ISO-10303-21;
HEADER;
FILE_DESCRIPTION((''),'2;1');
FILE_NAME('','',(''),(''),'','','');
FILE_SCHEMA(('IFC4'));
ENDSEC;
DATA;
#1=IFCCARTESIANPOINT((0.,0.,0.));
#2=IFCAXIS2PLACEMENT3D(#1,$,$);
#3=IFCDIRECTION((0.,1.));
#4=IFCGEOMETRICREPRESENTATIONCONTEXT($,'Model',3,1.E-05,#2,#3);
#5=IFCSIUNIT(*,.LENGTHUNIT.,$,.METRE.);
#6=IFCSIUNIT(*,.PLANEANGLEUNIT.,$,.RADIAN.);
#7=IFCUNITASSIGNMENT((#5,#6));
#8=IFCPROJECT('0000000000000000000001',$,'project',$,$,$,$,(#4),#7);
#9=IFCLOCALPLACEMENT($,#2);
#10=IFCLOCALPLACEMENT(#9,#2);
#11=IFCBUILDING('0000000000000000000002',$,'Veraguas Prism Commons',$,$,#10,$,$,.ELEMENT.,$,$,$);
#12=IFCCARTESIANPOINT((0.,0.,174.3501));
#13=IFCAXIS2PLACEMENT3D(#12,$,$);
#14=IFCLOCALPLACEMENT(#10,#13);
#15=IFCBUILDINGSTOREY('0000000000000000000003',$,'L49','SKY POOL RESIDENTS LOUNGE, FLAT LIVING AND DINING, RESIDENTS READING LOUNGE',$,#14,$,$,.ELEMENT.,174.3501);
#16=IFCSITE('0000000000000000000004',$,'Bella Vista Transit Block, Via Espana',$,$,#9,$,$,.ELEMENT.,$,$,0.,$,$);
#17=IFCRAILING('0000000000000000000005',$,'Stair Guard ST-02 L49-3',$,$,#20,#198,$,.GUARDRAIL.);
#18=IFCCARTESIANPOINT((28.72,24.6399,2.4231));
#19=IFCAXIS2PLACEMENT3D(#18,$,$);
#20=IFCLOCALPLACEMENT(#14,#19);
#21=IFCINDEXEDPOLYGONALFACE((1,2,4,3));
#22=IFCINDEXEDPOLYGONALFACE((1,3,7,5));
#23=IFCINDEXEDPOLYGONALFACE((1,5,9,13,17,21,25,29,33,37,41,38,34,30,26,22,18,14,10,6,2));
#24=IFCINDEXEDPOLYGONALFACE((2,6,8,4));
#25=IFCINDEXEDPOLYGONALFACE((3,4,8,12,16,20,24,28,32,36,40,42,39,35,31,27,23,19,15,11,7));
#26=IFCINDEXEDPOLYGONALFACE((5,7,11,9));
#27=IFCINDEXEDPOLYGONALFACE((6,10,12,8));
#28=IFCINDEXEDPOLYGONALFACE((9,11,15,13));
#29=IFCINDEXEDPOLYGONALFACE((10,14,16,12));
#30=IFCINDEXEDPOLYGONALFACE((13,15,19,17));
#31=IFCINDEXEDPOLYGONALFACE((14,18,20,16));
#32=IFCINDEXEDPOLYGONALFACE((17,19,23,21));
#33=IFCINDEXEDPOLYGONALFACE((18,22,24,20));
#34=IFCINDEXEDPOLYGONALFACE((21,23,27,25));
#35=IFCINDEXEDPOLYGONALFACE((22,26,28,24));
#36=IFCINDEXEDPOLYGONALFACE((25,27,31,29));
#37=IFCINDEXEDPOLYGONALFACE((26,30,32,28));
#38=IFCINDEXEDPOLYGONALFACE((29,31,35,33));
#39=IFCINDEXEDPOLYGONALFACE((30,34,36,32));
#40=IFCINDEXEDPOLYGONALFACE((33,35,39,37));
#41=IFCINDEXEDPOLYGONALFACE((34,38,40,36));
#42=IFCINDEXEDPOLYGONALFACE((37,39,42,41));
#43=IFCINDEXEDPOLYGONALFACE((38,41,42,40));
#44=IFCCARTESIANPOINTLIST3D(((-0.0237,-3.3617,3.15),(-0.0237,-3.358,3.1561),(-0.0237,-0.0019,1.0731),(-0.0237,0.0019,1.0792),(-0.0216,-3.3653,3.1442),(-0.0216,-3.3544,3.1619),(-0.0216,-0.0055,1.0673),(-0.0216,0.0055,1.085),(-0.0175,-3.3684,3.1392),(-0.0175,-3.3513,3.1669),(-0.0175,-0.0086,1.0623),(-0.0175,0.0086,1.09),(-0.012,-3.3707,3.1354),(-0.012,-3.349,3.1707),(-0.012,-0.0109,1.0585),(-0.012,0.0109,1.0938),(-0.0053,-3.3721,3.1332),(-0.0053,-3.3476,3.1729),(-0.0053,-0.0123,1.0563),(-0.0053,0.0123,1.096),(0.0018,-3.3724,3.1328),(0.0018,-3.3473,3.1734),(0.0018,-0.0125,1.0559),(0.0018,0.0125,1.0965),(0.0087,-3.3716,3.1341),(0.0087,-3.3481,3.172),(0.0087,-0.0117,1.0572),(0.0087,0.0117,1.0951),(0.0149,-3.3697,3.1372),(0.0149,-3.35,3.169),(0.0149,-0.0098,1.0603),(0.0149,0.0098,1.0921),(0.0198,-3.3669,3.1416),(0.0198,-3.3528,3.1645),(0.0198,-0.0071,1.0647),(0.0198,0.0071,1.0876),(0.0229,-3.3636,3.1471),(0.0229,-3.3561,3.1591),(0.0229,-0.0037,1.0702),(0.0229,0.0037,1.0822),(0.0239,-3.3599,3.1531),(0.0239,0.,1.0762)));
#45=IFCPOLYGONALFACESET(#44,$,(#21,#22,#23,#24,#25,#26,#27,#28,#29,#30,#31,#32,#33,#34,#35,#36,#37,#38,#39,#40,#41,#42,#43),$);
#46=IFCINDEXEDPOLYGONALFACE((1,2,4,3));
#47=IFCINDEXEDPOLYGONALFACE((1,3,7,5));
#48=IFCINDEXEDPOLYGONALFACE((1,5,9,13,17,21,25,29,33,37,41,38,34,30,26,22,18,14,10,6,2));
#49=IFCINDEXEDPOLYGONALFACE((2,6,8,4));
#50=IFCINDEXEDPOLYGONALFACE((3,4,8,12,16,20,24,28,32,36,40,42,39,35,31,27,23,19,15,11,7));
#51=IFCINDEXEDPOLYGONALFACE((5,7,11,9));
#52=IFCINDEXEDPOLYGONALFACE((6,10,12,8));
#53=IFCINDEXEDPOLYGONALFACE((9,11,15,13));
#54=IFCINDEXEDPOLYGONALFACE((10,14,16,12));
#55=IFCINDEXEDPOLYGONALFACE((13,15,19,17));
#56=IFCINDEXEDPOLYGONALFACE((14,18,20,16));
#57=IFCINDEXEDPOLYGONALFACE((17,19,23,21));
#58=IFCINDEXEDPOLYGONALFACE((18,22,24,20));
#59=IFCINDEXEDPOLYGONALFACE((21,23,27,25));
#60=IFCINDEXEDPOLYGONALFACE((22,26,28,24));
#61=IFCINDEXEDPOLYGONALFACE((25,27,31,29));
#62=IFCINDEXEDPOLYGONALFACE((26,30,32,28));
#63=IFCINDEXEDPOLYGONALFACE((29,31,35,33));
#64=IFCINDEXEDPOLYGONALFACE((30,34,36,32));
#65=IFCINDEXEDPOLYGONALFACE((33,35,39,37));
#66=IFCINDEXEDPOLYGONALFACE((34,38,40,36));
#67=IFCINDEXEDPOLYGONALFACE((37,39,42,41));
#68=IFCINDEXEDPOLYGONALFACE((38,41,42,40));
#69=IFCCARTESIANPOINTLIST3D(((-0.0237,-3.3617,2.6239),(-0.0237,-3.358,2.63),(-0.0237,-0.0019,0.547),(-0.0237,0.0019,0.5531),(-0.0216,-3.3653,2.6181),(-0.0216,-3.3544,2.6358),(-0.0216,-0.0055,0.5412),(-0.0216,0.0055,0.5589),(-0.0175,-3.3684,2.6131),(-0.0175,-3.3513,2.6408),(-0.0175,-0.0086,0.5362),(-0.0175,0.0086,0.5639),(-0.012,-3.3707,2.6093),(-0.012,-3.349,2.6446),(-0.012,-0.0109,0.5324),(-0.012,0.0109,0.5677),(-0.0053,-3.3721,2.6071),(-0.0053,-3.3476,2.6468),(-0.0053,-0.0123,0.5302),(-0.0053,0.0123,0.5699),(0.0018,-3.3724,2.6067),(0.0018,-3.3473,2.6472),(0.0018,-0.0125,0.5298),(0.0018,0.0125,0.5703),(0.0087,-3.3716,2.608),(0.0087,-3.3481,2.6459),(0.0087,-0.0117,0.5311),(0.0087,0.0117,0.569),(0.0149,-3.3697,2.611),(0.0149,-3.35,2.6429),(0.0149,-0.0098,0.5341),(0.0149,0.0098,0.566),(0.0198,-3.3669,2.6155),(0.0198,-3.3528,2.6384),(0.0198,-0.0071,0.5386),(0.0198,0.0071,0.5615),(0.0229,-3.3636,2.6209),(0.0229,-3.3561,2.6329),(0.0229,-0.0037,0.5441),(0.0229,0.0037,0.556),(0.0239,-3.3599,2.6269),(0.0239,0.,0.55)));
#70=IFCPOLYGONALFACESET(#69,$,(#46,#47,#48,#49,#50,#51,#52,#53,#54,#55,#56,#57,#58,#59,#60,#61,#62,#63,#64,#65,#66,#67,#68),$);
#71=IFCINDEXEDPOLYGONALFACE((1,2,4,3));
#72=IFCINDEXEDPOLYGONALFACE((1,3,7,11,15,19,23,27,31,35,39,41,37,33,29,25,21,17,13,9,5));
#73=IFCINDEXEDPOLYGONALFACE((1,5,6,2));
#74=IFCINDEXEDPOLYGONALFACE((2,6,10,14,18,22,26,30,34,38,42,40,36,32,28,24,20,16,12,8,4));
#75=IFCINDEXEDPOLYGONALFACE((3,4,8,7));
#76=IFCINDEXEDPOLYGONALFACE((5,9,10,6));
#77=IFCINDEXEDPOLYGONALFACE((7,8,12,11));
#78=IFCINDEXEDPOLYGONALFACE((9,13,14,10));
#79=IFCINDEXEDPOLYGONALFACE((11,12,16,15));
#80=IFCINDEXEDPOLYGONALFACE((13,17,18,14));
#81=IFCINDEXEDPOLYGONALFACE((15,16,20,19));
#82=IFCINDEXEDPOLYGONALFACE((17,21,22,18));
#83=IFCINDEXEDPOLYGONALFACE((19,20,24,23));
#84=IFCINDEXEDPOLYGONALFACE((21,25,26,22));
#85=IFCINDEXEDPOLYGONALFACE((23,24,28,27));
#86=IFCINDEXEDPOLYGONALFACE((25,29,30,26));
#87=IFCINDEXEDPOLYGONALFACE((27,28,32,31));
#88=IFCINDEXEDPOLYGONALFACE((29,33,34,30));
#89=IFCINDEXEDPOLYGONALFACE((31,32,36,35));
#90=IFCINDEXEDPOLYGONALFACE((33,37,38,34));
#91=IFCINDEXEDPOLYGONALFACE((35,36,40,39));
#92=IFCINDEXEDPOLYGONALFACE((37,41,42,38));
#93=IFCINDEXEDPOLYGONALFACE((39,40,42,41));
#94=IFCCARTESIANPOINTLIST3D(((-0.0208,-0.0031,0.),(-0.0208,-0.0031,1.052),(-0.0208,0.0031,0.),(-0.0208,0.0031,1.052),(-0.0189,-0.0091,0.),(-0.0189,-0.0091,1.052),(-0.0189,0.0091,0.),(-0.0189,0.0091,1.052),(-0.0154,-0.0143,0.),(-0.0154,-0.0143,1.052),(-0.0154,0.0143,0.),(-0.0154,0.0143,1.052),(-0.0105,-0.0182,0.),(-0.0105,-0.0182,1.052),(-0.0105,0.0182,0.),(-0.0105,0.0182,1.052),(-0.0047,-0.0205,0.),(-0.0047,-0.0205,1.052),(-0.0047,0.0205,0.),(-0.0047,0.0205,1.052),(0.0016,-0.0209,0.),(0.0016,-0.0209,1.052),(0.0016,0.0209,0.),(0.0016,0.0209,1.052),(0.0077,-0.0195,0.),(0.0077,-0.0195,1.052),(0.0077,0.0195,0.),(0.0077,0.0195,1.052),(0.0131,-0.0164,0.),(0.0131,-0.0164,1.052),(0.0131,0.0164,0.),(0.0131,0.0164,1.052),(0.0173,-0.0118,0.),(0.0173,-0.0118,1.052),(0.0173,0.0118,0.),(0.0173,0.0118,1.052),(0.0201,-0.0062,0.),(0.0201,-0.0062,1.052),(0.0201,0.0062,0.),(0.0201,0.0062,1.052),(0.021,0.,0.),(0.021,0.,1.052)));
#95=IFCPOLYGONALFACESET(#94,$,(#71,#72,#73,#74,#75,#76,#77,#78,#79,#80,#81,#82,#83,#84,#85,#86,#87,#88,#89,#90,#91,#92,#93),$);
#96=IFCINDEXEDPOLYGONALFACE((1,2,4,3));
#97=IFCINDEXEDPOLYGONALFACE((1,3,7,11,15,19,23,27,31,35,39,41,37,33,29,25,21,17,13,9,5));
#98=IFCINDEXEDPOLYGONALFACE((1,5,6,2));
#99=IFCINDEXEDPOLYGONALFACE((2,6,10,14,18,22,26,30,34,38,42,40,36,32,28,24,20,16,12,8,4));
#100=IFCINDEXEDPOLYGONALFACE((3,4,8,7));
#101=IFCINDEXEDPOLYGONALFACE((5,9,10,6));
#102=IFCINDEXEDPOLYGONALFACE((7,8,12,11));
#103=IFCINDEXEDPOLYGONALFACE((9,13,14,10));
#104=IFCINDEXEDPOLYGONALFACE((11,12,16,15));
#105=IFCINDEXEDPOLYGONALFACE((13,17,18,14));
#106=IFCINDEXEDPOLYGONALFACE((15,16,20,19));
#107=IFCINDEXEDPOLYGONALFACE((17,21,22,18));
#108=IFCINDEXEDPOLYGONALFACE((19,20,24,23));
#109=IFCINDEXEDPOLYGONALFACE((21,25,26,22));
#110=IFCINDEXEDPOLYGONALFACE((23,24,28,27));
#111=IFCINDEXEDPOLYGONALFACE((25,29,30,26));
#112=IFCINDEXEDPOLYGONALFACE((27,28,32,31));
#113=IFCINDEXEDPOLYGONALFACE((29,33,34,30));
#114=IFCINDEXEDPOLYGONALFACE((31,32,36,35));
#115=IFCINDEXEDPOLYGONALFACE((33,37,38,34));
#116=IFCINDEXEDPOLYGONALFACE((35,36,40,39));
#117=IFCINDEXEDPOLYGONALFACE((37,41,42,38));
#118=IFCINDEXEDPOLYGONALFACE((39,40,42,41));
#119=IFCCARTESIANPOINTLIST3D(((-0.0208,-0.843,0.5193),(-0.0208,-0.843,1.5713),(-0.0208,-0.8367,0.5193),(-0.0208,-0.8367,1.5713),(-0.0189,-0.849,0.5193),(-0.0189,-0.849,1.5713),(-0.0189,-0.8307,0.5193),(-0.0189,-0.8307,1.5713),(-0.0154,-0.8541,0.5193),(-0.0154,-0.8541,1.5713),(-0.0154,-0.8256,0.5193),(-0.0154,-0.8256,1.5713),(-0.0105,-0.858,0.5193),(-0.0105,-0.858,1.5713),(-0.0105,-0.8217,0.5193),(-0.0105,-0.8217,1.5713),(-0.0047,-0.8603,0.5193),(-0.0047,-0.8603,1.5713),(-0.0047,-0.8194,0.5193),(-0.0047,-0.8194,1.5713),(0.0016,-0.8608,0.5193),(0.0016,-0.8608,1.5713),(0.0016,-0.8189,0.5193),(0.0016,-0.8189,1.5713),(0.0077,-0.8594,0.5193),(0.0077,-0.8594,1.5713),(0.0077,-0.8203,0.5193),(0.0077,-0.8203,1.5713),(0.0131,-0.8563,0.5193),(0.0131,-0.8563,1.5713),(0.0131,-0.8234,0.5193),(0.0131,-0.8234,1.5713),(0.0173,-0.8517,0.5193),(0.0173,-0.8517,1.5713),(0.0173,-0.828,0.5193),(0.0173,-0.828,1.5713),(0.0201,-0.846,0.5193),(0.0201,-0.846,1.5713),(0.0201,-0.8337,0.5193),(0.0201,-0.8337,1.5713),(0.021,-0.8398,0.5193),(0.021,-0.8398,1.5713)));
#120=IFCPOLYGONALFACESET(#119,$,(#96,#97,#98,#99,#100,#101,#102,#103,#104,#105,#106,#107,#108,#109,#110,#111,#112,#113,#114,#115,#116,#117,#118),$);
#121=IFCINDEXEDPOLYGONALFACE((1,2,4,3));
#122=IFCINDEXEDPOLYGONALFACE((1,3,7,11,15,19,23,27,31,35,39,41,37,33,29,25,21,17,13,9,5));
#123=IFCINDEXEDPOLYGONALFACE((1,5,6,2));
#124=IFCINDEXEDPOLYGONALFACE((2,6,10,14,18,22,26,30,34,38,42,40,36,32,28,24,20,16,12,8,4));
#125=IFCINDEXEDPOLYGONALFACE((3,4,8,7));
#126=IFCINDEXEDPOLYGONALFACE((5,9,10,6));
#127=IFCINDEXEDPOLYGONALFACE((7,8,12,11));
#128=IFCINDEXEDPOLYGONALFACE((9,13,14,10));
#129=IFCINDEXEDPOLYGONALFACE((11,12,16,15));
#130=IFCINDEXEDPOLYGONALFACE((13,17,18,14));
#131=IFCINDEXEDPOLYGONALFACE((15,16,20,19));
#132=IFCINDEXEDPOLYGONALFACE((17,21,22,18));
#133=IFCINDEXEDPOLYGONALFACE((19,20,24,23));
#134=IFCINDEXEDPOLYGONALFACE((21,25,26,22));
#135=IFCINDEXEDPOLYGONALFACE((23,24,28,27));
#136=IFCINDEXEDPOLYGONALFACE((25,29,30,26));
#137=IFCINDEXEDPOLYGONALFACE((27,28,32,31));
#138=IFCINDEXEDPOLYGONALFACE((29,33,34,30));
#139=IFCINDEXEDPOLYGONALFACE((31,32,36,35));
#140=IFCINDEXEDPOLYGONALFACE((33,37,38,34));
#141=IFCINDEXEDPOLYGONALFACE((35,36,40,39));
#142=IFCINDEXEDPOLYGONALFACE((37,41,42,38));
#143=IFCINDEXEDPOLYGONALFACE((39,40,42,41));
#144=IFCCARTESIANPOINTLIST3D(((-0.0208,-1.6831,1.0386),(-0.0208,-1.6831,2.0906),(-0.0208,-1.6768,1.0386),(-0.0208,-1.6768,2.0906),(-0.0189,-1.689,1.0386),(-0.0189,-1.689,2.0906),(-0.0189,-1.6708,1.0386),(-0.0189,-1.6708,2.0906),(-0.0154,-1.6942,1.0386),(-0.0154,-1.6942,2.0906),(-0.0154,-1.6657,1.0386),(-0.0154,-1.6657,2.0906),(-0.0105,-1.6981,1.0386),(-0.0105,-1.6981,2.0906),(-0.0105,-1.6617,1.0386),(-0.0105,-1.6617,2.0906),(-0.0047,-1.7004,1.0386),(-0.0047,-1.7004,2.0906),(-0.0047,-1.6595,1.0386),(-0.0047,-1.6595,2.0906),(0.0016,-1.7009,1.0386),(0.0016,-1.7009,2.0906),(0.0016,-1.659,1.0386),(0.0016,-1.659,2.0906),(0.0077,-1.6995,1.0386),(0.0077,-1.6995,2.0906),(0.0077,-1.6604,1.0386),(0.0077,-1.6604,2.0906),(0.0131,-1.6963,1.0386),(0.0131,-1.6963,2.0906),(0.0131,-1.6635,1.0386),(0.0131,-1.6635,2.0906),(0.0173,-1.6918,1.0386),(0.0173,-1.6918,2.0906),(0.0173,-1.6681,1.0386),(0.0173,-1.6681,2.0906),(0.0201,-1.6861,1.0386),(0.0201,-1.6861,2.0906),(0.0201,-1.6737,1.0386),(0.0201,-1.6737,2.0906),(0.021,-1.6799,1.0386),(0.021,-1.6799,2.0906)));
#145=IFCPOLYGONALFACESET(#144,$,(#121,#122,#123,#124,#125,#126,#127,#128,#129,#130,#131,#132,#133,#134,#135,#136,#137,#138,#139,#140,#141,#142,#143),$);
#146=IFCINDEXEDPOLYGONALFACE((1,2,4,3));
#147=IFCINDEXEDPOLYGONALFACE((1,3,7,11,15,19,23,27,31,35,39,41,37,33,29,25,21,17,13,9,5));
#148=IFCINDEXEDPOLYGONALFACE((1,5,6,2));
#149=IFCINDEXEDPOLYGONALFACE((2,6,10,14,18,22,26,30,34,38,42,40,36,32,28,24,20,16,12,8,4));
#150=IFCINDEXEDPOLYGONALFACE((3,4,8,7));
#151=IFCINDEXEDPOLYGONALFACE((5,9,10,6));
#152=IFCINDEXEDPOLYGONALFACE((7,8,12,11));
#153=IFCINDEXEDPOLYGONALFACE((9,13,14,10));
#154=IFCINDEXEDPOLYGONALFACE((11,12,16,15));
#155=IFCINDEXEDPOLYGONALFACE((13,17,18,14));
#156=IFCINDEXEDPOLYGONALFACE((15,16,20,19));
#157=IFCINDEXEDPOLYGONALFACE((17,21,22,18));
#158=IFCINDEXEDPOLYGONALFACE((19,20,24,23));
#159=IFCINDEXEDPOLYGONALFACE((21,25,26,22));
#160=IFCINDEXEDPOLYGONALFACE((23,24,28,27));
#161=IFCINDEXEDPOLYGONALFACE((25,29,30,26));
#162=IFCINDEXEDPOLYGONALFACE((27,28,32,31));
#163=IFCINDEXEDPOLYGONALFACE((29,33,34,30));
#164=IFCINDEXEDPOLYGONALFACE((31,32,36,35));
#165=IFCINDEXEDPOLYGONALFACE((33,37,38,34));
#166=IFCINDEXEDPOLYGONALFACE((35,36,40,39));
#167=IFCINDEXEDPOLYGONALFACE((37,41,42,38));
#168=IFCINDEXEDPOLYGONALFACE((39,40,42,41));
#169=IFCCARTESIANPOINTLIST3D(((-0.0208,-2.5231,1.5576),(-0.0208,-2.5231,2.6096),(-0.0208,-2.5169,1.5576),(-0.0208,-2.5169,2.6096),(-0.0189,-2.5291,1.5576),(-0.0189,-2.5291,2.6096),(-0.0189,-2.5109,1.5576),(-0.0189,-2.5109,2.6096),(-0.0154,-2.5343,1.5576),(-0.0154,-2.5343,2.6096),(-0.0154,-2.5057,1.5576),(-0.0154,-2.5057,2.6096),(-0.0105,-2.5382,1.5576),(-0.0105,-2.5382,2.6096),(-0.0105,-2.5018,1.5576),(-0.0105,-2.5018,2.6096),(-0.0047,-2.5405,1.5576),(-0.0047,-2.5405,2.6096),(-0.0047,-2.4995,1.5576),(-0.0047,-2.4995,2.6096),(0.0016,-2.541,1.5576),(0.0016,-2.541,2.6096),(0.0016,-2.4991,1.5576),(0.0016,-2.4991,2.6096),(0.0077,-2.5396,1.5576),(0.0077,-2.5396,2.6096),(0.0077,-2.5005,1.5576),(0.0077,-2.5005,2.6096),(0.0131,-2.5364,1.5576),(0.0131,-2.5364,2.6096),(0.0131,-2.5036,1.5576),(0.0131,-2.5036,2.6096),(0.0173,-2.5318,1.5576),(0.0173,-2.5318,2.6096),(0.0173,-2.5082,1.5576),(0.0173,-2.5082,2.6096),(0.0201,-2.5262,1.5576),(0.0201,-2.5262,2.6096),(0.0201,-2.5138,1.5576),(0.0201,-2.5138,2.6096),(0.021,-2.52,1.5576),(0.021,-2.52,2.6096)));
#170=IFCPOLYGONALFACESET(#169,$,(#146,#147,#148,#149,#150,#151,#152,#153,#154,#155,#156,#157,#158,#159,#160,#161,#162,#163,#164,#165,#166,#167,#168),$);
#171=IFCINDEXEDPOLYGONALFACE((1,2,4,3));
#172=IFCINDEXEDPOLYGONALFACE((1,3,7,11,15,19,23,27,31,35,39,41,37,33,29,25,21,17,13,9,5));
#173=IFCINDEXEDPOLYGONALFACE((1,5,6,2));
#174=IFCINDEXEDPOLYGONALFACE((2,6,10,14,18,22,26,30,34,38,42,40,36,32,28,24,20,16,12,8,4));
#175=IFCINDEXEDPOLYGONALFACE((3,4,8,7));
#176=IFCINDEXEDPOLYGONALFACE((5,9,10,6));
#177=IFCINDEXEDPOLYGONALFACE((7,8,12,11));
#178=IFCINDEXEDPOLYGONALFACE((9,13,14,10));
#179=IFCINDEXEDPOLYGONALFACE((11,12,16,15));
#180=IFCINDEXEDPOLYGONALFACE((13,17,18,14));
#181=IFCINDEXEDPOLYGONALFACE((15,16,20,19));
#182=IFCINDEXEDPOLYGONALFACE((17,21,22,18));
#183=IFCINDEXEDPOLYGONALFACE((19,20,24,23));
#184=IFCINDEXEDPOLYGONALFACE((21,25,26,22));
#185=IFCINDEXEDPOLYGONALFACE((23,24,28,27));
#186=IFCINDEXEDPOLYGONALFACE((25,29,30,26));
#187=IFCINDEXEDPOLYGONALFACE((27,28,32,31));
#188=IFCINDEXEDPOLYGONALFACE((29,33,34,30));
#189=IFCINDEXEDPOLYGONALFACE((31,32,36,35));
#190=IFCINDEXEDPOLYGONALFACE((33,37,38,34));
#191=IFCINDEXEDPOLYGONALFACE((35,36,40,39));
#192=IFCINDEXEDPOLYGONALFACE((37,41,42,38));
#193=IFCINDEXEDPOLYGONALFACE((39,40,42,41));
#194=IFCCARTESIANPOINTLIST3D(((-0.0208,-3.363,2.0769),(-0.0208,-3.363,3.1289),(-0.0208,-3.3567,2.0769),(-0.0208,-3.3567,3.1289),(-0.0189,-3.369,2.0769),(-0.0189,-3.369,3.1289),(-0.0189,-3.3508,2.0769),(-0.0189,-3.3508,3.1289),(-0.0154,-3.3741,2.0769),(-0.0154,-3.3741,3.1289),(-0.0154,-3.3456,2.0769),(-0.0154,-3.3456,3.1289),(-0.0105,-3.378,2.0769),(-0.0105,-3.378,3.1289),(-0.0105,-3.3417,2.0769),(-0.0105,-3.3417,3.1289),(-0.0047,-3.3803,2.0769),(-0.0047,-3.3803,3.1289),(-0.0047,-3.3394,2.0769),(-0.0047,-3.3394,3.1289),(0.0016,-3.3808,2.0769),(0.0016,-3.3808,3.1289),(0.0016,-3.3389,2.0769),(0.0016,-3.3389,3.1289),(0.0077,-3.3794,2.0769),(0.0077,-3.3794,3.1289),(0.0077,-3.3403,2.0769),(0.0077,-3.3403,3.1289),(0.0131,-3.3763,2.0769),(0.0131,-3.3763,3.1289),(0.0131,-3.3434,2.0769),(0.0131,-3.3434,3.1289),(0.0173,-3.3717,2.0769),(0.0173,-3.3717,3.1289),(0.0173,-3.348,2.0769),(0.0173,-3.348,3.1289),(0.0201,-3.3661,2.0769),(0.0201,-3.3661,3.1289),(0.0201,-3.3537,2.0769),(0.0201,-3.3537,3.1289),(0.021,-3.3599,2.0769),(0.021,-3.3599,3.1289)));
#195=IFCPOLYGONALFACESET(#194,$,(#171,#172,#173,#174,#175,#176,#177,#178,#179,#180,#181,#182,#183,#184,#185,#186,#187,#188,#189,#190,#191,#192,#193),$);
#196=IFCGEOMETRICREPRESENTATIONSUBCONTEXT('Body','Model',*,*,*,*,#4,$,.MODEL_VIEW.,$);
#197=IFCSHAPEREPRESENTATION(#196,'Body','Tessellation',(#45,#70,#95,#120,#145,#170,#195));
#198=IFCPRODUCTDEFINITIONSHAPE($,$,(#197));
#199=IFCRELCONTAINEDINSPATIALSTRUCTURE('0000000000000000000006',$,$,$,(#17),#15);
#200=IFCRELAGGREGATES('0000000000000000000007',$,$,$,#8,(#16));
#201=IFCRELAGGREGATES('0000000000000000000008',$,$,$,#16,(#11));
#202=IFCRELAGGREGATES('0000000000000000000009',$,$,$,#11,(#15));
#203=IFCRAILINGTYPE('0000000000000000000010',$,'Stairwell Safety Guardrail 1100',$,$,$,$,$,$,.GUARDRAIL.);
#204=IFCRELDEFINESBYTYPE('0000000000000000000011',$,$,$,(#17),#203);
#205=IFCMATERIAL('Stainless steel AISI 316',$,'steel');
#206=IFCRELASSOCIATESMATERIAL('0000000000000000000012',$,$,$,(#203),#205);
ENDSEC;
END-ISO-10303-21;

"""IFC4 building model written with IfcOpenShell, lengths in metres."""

from ifc_helpers import new_model, si_unit, direction, frame, origin, origin_2d, place, context, subcontext, project, spatial, circle, extrude, material, type_object, element, save


model = new_model("IFC4")

# Units and contexts
model_context = context("Model", 3, precision=1e-05, world=origin(), true_north=direction((0.0, 1.0)))
body_context = subcontext(model_context, "Body", "Model", "MODEL_VIEW")
ifc_project = project(units=[si_unit("LENGTHUNIT", "METRE"), si_unit("PLANEANGLEUNIT", "RADIAN")], contexts=[model_context])

# Site, building, storey
site_placement = place(None, origin())
site = spatial("IfcSite", under=ifc_project, at=site_placement, Name="Bella Vista Transit Block, Via Espana", CompositionType="ELEMENT", RefElevation=0.0)
building_placement = place(site_placement, origin())
building = spatial("IfcBuilding", under=site, at=building_placement, Name="Veraguas Prism Commons", CompositionType="ELEMENT")
storey_placement = place(building_placement, frame((0.0, 0.0, 174.3501)))
storey = spatial("IfcBuildingStorey", under=building, at=storey_placement, Name="L49", Description="SKY POOL RESIDENTS LOUNGE, FLAT LIVING AND DINING, RESIDENTS READING LOUNGE", CompositionType="ELEMENT", Elevation=174.3501)

# Shared definitions
ifc_material_1 = material(Name="Stainless steel AISI 316", Category="steel")

# Railing
railing_type_1 = type_object("IfcRailingType", Name="Stairwell Safety Guardrail 1100", PredefinedType="GUARDRAIL", material=ifc_material_1)
railing_1_placement = place(storey_placement, frame((28.72, 24.6399, 2.4231)))
element("IfcRailing", 1, at=railing_1_placement, inside=storey, type_object=railing_type_1, Name="Stair Guard ST-02 L49-3", PredefinedType="GUARDRAIL", context=body_context, shape_type="SweptSolid", body=[
    extrude(circle(Radius=0.0239, at=origin_2d()), frame((0.0, 0.0, 1.0762), z_axis=(0.0, -0.850606, 0.525803), x_axis=(1.0, 0.0, 0.0)), (0.0, 0.0, 1.0), 3.95),
    extrude(circle(Radius=0.0239, at=origin_2d()), frame((0.0, 0.0, 0.55), z_axis=(0.0, -0.850606, 0.525803), x_axis=(1.0, 0.0, 0.0)), (0.0, 0.0, 1.0), 3.95),
    extrude(circle(Radius=0.021, at=origin_2d()), origin(), (0.0, 0.0, 1.0), 1.052),
    extrude(circle(Radius=0.021, at=origin_2d()), frame((0.0, -0.8398, 0.5193)), (0.0, 0.0, 1.0), 1.052),
    extrude(circle(Radius=0.021, at=origin_2d()), frame((0.0, -1.6799, 1.0386)), (0.0, 0.0, 1.0), 1.052),
    extrude(circle(Radius=0.021, at=origin_2d()), frame((0.0, -2.52, 1.5576)), (0.0, 0.0, 1.0), 1.052),
    extrude(circle(Radius=0.021, at=origin_2d()), frame((0.0, -3.3599, 2.0769)), (0.0, 0.0, 1.0), 1.052),
])

save(model, "model.ifc")
